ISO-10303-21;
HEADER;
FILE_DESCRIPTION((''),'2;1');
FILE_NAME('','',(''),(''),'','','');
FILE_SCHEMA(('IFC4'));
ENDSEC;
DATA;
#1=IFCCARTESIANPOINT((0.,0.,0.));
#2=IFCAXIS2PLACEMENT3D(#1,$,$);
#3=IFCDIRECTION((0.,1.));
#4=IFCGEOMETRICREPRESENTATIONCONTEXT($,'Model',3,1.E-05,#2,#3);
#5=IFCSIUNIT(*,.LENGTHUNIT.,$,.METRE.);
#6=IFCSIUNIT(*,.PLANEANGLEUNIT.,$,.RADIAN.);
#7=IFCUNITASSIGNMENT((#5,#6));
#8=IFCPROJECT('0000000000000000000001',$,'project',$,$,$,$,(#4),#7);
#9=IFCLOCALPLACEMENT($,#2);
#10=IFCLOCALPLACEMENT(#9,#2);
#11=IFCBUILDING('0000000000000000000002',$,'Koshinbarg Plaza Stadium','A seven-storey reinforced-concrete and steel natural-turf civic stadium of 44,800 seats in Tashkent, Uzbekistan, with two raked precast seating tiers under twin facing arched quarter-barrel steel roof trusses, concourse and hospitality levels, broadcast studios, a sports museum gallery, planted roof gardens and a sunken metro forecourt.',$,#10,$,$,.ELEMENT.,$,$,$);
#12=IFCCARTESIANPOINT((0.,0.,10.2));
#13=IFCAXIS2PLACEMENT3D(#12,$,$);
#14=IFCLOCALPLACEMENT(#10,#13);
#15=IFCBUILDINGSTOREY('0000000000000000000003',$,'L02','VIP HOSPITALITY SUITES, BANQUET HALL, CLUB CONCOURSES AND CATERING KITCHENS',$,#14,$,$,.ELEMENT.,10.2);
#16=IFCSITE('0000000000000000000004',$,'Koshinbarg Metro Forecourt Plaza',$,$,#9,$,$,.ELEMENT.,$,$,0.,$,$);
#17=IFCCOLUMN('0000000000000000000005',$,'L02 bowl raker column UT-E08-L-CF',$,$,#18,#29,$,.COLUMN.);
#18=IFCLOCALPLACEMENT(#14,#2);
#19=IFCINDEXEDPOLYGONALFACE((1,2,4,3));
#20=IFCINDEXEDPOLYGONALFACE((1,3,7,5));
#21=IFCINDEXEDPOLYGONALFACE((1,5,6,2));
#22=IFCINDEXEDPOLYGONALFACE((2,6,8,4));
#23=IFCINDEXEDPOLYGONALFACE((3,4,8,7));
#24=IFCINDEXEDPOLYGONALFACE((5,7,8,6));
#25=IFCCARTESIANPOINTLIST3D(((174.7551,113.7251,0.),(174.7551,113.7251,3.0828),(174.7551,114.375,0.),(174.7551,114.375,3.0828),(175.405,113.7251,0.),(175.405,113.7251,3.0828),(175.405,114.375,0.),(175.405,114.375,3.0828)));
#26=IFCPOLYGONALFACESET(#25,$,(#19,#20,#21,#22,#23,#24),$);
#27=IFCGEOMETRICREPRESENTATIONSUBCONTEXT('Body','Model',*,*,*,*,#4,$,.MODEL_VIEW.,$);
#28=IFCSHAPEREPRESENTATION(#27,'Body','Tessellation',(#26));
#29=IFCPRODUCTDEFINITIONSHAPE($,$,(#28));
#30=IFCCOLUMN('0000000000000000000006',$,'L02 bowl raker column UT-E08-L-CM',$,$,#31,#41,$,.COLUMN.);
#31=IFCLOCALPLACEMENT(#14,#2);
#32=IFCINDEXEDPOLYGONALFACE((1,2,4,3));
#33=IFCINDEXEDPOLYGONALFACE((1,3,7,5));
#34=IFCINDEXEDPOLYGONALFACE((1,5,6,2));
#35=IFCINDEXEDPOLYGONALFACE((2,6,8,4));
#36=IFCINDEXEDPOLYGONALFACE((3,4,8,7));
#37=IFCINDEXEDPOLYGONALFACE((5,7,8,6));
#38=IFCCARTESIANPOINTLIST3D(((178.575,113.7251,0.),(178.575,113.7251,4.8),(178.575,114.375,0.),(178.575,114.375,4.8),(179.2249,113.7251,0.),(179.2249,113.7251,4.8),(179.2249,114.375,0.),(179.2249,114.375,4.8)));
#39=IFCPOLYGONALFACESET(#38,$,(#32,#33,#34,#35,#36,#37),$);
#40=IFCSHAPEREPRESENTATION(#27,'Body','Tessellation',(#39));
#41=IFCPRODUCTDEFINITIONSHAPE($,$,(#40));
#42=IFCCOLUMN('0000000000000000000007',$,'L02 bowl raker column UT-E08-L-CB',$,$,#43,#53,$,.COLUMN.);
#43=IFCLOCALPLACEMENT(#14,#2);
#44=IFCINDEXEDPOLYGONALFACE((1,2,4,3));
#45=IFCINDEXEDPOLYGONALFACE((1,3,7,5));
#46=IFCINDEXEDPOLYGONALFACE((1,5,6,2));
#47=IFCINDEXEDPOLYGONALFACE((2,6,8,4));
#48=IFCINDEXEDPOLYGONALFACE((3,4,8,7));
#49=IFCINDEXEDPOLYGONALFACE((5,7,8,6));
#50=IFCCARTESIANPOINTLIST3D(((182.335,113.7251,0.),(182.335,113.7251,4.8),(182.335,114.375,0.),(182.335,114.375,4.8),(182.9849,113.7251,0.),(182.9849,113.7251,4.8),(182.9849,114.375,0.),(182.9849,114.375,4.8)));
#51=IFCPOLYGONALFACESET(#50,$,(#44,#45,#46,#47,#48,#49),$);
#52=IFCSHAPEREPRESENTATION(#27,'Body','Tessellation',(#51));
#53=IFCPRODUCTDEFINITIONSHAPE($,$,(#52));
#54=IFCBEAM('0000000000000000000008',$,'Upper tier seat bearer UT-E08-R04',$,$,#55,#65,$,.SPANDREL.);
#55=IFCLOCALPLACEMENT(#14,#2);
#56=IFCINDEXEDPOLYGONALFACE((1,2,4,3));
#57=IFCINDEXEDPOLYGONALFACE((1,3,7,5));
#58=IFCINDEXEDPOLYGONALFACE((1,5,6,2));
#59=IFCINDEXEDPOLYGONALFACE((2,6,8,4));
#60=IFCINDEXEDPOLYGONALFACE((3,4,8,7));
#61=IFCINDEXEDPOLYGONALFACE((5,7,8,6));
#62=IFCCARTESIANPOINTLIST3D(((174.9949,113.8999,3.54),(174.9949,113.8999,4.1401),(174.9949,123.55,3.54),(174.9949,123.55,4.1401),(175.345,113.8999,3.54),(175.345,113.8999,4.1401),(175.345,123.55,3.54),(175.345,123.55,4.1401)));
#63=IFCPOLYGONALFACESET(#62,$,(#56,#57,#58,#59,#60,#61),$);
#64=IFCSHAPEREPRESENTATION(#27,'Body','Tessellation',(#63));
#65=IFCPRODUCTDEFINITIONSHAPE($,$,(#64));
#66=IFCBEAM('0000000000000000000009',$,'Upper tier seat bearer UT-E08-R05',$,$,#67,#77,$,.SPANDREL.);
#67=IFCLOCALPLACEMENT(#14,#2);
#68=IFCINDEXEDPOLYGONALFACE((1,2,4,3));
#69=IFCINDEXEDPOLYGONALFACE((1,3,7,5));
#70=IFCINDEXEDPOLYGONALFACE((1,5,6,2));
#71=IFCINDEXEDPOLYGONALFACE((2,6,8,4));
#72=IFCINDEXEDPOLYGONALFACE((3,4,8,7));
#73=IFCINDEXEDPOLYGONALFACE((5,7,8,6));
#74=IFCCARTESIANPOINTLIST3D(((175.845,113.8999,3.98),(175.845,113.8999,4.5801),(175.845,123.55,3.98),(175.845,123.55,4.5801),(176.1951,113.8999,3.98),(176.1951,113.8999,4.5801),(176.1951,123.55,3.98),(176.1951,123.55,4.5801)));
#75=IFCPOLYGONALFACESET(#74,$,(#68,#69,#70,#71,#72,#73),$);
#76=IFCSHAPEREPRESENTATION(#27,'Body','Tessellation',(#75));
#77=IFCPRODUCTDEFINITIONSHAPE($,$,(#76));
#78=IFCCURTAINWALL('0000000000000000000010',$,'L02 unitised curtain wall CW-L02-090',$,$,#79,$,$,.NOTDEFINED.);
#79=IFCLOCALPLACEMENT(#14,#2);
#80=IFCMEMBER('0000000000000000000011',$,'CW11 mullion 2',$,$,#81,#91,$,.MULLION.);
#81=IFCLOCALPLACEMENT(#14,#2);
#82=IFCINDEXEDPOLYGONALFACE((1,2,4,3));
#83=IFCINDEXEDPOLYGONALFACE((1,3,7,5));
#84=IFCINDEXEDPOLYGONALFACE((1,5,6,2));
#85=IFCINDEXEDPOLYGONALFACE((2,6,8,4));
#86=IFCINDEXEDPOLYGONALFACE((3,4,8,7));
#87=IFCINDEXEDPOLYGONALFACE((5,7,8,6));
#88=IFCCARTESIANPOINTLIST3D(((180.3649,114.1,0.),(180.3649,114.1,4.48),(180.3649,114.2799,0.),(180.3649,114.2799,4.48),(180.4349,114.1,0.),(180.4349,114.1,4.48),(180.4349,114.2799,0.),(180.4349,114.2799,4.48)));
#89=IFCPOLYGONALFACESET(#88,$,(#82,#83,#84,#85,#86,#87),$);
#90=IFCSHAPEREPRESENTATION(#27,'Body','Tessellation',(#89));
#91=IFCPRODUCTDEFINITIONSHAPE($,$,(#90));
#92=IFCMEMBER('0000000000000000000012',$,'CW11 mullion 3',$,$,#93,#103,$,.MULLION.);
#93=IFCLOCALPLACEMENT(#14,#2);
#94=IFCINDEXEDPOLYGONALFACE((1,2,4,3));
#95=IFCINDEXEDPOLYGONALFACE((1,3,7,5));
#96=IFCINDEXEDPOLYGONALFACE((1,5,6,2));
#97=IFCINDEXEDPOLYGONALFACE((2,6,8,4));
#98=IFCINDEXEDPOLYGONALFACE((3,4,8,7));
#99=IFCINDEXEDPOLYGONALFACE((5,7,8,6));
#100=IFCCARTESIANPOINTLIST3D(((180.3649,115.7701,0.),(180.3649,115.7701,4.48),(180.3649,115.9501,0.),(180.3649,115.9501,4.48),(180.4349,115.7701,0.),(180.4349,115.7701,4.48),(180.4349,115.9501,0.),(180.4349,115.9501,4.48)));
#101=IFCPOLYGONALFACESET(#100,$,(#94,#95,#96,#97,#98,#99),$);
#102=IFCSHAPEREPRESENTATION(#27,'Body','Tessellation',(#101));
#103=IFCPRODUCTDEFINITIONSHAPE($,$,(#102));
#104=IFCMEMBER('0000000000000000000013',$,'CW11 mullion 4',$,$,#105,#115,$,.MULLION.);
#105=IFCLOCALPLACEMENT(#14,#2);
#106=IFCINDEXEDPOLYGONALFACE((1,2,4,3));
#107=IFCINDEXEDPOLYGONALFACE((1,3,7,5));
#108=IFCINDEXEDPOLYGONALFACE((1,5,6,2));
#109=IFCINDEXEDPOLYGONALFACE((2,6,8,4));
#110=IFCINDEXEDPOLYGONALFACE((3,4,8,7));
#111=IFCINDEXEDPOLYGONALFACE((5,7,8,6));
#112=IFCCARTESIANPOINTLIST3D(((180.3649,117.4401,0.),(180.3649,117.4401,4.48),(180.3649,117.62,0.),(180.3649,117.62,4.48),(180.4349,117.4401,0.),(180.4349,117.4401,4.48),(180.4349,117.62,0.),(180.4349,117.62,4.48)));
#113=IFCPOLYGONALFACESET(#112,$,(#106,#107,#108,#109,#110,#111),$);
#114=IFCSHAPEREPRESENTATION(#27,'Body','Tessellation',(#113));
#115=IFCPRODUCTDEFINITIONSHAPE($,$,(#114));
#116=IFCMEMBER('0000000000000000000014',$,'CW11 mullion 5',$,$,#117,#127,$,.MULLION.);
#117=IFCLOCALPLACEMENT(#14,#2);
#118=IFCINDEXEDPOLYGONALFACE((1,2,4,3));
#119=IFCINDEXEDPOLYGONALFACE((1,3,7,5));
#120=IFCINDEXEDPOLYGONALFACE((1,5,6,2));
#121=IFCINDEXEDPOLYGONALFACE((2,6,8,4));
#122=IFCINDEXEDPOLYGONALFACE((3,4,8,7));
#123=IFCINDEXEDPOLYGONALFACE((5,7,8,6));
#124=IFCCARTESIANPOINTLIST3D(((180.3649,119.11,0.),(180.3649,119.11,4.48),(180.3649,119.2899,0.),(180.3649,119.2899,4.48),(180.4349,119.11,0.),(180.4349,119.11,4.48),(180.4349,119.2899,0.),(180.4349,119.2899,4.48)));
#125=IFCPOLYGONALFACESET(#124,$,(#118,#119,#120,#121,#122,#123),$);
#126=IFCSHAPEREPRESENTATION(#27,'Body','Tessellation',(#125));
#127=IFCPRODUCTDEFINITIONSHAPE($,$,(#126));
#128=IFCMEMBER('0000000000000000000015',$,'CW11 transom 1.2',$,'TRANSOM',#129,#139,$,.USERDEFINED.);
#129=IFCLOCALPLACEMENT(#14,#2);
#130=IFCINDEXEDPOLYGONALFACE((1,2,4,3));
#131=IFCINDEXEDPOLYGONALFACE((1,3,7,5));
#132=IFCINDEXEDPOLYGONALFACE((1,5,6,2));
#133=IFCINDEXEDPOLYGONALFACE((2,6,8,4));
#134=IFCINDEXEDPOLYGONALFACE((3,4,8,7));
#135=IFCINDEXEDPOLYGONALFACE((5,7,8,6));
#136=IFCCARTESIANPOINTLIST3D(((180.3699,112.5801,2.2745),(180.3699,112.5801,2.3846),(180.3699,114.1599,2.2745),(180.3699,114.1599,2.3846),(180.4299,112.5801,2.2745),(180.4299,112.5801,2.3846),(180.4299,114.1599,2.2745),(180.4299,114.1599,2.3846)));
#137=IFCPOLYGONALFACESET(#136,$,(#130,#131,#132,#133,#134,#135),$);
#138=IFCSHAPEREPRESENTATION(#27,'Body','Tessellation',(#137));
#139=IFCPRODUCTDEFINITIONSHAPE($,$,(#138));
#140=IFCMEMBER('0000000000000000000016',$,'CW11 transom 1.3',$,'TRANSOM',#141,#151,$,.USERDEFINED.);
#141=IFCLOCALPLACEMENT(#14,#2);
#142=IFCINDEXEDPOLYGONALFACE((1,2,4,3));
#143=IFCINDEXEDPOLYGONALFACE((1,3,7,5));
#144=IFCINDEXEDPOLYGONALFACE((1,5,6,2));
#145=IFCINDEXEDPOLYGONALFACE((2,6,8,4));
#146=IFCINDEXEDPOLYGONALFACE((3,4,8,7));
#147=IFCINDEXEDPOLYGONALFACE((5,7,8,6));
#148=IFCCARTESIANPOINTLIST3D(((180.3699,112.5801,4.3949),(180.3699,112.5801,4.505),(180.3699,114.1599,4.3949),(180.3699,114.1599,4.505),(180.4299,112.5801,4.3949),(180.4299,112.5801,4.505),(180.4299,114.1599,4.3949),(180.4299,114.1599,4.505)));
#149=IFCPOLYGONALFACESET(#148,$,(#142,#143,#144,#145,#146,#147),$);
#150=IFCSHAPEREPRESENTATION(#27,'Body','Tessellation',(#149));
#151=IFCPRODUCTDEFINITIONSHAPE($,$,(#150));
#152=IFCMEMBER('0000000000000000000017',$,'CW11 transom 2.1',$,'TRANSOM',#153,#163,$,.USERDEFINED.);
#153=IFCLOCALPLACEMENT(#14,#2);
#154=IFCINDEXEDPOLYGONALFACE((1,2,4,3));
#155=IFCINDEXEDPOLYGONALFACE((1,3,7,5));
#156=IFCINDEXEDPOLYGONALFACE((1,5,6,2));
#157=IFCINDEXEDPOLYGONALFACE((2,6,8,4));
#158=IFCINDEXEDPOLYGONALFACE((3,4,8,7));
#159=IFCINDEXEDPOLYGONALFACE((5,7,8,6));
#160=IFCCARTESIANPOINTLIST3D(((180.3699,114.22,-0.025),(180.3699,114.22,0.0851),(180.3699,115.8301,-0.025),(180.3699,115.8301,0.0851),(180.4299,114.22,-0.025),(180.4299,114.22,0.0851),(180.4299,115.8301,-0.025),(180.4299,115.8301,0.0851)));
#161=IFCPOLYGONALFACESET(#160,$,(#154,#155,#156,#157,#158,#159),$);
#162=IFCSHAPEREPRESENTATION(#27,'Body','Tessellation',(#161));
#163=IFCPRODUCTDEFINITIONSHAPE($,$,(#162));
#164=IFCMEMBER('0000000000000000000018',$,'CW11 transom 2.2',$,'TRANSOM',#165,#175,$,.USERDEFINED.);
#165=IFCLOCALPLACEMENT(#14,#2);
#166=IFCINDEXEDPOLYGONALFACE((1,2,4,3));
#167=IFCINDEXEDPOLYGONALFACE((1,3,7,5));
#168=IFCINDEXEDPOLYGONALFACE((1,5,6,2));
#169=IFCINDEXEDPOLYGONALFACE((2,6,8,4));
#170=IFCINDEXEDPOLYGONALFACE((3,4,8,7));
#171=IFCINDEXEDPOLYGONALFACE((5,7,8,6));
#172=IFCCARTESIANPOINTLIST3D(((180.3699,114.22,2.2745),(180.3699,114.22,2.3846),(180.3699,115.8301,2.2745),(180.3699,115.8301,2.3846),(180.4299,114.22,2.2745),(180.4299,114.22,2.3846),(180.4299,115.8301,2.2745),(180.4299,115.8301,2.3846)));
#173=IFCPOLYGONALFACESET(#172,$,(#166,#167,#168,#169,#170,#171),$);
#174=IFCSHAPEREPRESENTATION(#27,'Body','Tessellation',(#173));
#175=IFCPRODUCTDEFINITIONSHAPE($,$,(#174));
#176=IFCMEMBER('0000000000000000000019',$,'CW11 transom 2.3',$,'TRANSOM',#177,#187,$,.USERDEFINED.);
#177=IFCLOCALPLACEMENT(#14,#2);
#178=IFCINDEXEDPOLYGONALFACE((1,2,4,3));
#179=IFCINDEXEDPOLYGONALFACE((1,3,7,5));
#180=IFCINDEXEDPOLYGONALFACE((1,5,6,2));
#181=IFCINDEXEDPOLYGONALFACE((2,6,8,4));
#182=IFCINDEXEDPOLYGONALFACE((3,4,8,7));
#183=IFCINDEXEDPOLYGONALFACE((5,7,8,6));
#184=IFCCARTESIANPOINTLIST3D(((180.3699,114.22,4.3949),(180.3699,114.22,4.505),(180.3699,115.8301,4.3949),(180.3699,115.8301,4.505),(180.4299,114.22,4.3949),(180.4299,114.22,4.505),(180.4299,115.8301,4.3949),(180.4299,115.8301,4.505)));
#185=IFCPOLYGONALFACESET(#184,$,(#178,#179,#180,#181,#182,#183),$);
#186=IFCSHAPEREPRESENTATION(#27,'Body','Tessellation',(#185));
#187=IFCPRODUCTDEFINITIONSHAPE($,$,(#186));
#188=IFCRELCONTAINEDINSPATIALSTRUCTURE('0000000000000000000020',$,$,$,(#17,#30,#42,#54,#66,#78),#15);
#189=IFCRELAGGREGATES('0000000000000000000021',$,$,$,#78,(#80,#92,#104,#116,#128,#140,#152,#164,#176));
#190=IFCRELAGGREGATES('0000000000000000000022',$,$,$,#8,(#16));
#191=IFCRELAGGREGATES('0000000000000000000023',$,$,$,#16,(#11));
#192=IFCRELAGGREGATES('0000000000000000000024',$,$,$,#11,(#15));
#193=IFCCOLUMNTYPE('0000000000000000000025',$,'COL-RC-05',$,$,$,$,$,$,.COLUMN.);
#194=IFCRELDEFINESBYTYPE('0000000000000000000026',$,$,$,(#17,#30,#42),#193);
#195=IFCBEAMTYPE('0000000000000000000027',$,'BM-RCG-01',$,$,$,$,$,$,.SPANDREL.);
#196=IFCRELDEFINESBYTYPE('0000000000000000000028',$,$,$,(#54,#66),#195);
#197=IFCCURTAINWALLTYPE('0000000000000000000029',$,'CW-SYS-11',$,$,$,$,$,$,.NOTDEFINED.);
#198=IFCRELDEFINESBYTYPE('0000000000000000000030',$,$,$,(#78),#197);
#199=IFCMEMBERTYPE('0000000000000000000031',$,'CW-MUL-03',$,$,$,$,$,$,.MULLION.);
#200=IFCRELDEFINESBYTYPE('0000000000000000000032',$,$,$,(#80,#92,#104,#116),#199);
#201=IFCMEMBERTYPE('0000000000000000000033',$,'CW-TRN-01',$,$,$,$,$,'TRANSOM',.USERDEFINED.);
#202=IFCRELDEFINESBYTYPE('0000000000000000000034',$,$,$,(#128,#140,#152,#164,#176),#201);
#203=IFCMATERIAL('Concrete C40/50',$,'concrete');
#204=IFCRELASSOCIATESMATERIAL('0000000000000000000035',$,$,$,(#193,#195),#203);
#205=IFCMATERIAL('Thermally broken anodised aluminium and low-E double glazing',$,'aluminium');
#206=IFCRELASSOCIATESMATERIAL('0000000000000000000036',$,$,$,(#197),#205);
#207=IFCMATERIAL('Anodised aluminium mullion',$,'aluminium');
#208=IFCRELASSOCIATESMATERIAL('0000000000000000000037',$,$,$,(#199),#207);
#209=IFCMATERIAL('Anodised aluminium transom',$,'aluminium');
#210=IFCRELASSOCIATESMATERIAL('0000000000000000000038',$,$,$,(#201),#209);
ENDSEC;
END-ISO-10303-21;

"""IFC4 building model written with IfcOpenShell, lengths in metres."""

from ifc_helpers import new_model, si_unit, direction, frame, origin, origin_2d, place, context, subcontext, project, spatial, rectangle, extrude, material, material_profile, profile_set, type_object, element, aggregate, save


model = new_model("IFC4")

# Units and contexts
model_context = context("Model", 3, precision=1e-05, world=origin(), true_north=direction((0.0, 1.0)))
body_context = subcontext(model_context, "Body", "Model", "MODEL_VIEW")
ifc_project = project(units=[si_unit("LENGTHUNIT", "METRE"), si_unit("PLANEANGLEUNIT", "RADIAN")], contexts=[model_context])

# Site, building, storey
site_placement = place(None, origin())
site = spatial("IfcSite", under=ifc_project, at=site_placement, Name="Koshinbarg Metro Forecourt Plaza", CompositionType="ELEMENT", RefElevation=0.0)
building_placement = place(site_placement, origin())
building = spatial("IfcBuilding", under=site, at=building_placement, Name="Koshinbarg Plaza Stadium", Description="A seven-storey reinforced-concrete and steel natural-turf civic stadium of 44,800 seats in Tashkent, Uzbekistan, with two raked precast seating tiers under twin facing arched quarter-barrel steel roof trusses, concourse and hospitality levels, broadcast studios, a sports museum gallery, planted roof gardens and a sunken metro forecourt.", CompositionType="ELEMENT")
storey_placement = place(building_placement, frame((0.0, 0.0, 10.2)))
storey = spatial("IfcBuildingStorey", under=building, at=storey_placement, Name="L02", Description="VIP HOSPITALITY SUITES, BANQUET HALL, CLUB CONCOURSES AND CATERING KITCHENS", CompositionType="ELEMENT", Elevation=10.2)

# Columns
ifc_material_1 = material(Name="Concrete C40/50", Category="concrete")
ifc_material_profile_1 = material_profile(ifc_material_1, rectangle(XDim=0.6499, YDim=0.6499, at=origin_2d()), Name="RC 650x650")
ifc_profile_set_1 = profile_set([ifc_material_profile_1], Name="Concrete C40/50")
column_type = type_object("IfcColumnType", Name="COL-RC-05", PredefinedType="COLUMN", material=ifc_profile_set_1)
column_placement = place(storey_placement, frame((175.0801, 114.05, 0.0), z_axis=(0.0, 0.0, 1.0), x_axis=(1.0, 0.0, 0.0)))
element("IfcColumn", 1, at=column_placement, inside=storey, type_object=column_type, Name="L02 bowl raker column UT-E08-L-CF", PredefinedType="COLUMN", context=body_context, shape_type="SweptSolid", body=[
    extrude(rectangle(XDim=0.6499, YDim=0.6499, at=origin_2d()), origin(), (0.0, 0.0, 1.0), 3.0828),
])
for number, where, z_axis, x_axis, name in (
    (2, (178.8999, 114.05, 0.0), (0.0, 0.0, 1.0), (1.0, 0.0, 0.0), "L02 bowl raker column UT-E08-L-CM"),
    (3, (182.6599, 114.05, 0.0), (0.0, 0.0, 1.0), (1.0, 0.0, 0.0), "L02 bowl raker column UT-E08-L-CB"),
):
    element("IfcColumn", number, at=place(storey_placement, frame(where, z_axis=z_axis, x_axis=x_axis)), inside=storey, type_object=column_type, Name=name, PredefinedType="COLUMN", context=body_context, shape_type="SweptSolid", body=[
        extrude(rectangle(XDim=0.6499, YDim=0.6499, at=origin_2d()), origin(), (0.0, 0.0, 1.0), 4.8),
    ])

# Beams
ifc_material_profile_2 = material_profile(ifc_material_1, rectangle(XDim=0.3501, YDim=0.6001, at=origin_2d()), Name="RC 350x600")
ifc_profile_set_2 = profile_set([ifc_material_profile_2], Name="Concrete C40/50")
beam_type = type_object("IfcBeamType", Name="BM-RCG-01", PredefinedType="SPANDREL", material=ifc_profile_set_2)
for number, where, z_axis, x_axis, name in (
    (4, (175.1699, 113.8999, 3.8401), (0.0, 1.0, 0.0), (-1.0, 0.0, 0.0), "Upper tier seat bearer UT-E08-R04"),
    (5, (176.02, 113.8999, 4.28), (0.0, 1.0, 0.0), (-1.0, 0.0, 0.0), "Upper tier seat bearer UT-E08-R05"),
):
    element("IfcBeam", number, at=place(storey_placement, frame(where, z_axis=z_axis, x_axis=x_axis)), inside=storey, type_object=beam_type, Name=name, PredefinedType="SPANDREL", context=body_context, shape_type="SweptSolid", body=[
        extrude(rectangle(XDim=0.3501, YDim=0.6001, at=origin_2d()), origin(), (0.0, 0.0, 1.0), 9.6501),
    ])

# Curtain wall, members
ifc_material_2 = material(Name="Thermally broken anodised aluminium and low-E double glazing", Category="aluminium")
curtain_wall_type = type_object("IfcCurtainWallType", Name="CW-SYS-11", PredefinedType="NOTDEFINED", material=ifc_material_2)
curtain_wall_placement = place(storey_placement, origin())
curtain_wall = element("IfcCurtainWall", 6, at=curtain_wall_placement, inside=storey, type_object=curtain_wall_type, Name="L02 unitised curtain wall CW-L02-090", PredefinedType="NOTDEFINED")
ifc_material_3 = material(Name="Anodised aluminium mullion", Category="aluminium")
ifc_material_profile_3 = material_profile(ifc_material_3, rectangle(XDim=0.0701, YDim=0.1799, at=origin_2d()), Name="ALU 70x180")
ifc_profile_set_3 = profile_set([ifc_material_profile_3], Name="Anodised aluminium mullion")
member_type_1 = type_object("IfcMemberType", Name="CW-MUL-03", PredefinedType="MULLION", material=ifc_profile_set_3)
member_1_placement = place(storey_placement, frame((180.3999, 114.1899, 0.0), z_axis=(0.0, 0.0, 1.0), x_axis=(-1.0, 0.0, 0.0)))
member_1 = element("IfcMember", 7, at=member_1_placement, type_object=member_type_1, Name="CW11 mullion 2", PredefinedType="MULLION", context=body_context, shape_type="SweptSolid", body=[
    extrude(rectangle(XDim=0.0701, YDim=0.1799, at=origin_2d()), origin(), (0.0, 0.0, 1.0), 4.48),
])
member_2_placement = place(storey_placement, frame((180.3999, 115.8601, 0.0), z_axis=(0.0, 0.0, 1.0), x_axis=(-1.0, 0.0, 0.0)))
member_2 = element("IfcMember", 8, at=member_2_placement, type_object=member_type_1, Name="CW11 mullion 3", PredefinedType="MULLION", context=body_context, shape_type="SweptSolid", body=[
    extrude(rectangle(XDim=0.0701, YDim=0.1799, at=origin_2d()), origin(), (0.0, 0.0, 1.0), 4.48),
])
member_3_placement = place(storey_placement, frame((180.3999, 117.53, 0.0), z_axis=(0.0, 0.0, 1.0), x_axis=(-1.0, 0.0, 0.0)))
member_3 = element("IfcMember", 9, at=member_3_placement, type_object=member_type_1, Name="CW11 mullion 4", PredefinedType="MULLION", context=body_context, shape_type="SweptSolid", body=[
    extrude(rectangle(XDim=0.0701, YDim=0.1799, at=origin_2d()), origin(), (0.0, 0.0, 1.0), 4.48),
])
member_4_placement = place(storey_placement, frame((180.3999, 119.2, 0.0), z_axis=(0.0, 0.0, 1.0), x_axis=(-1.0, 0.0, 0.0)))
member_4 = element("IfcMember", 10, at=member_4_placement, type_object=member_type_1, Name="CW11 mullion 5", PredefinedType="MULLION", context=body_context, shape_type="SweptSolid", body=[
    extrude(rectangle(XDim=0.0701, YDim=0.1799, at=origin_2d()), origin(), (0.0, 0.0, 1.0), 4.48),
])
ifc_material_4 = material(Name="Anodised aluminium transom", Category="aluminium")
ifc_material_profile_4 = material_profile(ifc_material_4, rectangle(XDim=0.0601, YDim=0.1101, at=origin_2d()), Name="ALU 60x110")
ifc_profile_set_4 = profile_set([ifc_material_profile_4], Name="Anodised aluminium transom")
member_type_2 = type_object("IfcMemberType", Name="CW-TRN-01", ElementType="TRANSOM", PredefinedType="USERDEFINED", material=ifc_profile_set_4)
member_5_placement = place(storey_placement, frame((180.3999, 112.5801, 2.3296), z_axis=(0.0, 1.0, 0.0), x_axis=(-1.0, 0.0, 0.0)))
member_5 = element("IfcMember", 11, at=member_5_placement, type_object=member_type_2, Name="CW11 transom 1.2", ObjectType="TRANSOM", PredefinedType="USERDEFINED", context=body_context, shape_type="SweptSolid", body=[
    extrude(rectangle(XDim=0.0601, YDim=0.1101, at=origin_2d()), origin(), (0.0, 0.0, 1.0), 1.5798),
])
member_6_placement = place(storey_placement, frame((180.3999, 112.5801, 4.45), z_axis=(0.0, 1.0, 0.0), x_axis=(-1.0, 0.0, 0.0)))
member_6 = element("IfcMember", 12, at=member_6_placement, type_object=member_type_2, Name="CW11 transom 1.3", ObjectType="TRANSOM", PredefinedType="USERDEFINED", context=body_context, shape_type="SweptSolid", body=[
    extrude(rectangle(XDim=0.0601, YDim=0.1101, at=origin_2d()), origin(), (0.0, 0.0, 1.0), 1.5798),
])
member_7_placement = place(storey_placement, frame((180.3999, 114.22, 0.03), z_axis=(0.0, 1.0, 0.0), x_axis=(-1.0, 0.0, 0.0)))
member_7 = element("IfcMember", 13, at=member_7_placement, type_object=member_type_2, Name="CW11 transom 2.1", ObjectType="TRANSOM", PredefinedType="USERDEFINED", context=body_context, shape_type="SweptSolid", body=[
    extrude(rectangle(XDim=0.0601, YDim=0.1101, at=origin_2d()), origin(), (0.0, 0.0, 1.0), 1.6101),
])
member_8_placement = place(storey_placement, frame((180.3999, 114.22, 2.3296), z_axis=(0.0, 1.0, 0.0), x_axis=(-1.0, 0.0, 0.0)))
member_8 = element("IfcMember", 14, at=member_8_placement, type_object=member_type_2, Name="CW11 transom 2.2", ObjectType="TRANSOM", PredefinedType="USERDEFINED", context=body_context, shape_type="SweptSolid", body=[
    extrude(rectangle(XDim=0.0601, YDim=0.1101, at=origin_2d()), origin(), (0.0, 0.0, 1.0), 1.6101),
])
member_9_placement = place(storey_placement, frame((180.3999, 114.22, 4.45), z_axis=(0.0, 1.0, 0.0), x_axis=(-1.0, 0.0, 0.0)))
member_9 = element("IfcMember", 15, at=member_9_placement, type_object=member_type_2, Name="CW11 transom 2.3", ObjectType="TRANSOM", PredefinedType="USERDEFINED", context=body_context, shape_type="SweptSolid", body=[
    extrude(rectangle(XDim=0.0601, YDim=0.1101, at=origin_2d()), origin(), (0.0, 0.0, 1.0), 1.6101),
])

aggregate(curtain_wall, [member_1, member_2, member_3, member_4, member_5, member_6, member_7, member_8, member_9])

save(model, "model.ifc")
